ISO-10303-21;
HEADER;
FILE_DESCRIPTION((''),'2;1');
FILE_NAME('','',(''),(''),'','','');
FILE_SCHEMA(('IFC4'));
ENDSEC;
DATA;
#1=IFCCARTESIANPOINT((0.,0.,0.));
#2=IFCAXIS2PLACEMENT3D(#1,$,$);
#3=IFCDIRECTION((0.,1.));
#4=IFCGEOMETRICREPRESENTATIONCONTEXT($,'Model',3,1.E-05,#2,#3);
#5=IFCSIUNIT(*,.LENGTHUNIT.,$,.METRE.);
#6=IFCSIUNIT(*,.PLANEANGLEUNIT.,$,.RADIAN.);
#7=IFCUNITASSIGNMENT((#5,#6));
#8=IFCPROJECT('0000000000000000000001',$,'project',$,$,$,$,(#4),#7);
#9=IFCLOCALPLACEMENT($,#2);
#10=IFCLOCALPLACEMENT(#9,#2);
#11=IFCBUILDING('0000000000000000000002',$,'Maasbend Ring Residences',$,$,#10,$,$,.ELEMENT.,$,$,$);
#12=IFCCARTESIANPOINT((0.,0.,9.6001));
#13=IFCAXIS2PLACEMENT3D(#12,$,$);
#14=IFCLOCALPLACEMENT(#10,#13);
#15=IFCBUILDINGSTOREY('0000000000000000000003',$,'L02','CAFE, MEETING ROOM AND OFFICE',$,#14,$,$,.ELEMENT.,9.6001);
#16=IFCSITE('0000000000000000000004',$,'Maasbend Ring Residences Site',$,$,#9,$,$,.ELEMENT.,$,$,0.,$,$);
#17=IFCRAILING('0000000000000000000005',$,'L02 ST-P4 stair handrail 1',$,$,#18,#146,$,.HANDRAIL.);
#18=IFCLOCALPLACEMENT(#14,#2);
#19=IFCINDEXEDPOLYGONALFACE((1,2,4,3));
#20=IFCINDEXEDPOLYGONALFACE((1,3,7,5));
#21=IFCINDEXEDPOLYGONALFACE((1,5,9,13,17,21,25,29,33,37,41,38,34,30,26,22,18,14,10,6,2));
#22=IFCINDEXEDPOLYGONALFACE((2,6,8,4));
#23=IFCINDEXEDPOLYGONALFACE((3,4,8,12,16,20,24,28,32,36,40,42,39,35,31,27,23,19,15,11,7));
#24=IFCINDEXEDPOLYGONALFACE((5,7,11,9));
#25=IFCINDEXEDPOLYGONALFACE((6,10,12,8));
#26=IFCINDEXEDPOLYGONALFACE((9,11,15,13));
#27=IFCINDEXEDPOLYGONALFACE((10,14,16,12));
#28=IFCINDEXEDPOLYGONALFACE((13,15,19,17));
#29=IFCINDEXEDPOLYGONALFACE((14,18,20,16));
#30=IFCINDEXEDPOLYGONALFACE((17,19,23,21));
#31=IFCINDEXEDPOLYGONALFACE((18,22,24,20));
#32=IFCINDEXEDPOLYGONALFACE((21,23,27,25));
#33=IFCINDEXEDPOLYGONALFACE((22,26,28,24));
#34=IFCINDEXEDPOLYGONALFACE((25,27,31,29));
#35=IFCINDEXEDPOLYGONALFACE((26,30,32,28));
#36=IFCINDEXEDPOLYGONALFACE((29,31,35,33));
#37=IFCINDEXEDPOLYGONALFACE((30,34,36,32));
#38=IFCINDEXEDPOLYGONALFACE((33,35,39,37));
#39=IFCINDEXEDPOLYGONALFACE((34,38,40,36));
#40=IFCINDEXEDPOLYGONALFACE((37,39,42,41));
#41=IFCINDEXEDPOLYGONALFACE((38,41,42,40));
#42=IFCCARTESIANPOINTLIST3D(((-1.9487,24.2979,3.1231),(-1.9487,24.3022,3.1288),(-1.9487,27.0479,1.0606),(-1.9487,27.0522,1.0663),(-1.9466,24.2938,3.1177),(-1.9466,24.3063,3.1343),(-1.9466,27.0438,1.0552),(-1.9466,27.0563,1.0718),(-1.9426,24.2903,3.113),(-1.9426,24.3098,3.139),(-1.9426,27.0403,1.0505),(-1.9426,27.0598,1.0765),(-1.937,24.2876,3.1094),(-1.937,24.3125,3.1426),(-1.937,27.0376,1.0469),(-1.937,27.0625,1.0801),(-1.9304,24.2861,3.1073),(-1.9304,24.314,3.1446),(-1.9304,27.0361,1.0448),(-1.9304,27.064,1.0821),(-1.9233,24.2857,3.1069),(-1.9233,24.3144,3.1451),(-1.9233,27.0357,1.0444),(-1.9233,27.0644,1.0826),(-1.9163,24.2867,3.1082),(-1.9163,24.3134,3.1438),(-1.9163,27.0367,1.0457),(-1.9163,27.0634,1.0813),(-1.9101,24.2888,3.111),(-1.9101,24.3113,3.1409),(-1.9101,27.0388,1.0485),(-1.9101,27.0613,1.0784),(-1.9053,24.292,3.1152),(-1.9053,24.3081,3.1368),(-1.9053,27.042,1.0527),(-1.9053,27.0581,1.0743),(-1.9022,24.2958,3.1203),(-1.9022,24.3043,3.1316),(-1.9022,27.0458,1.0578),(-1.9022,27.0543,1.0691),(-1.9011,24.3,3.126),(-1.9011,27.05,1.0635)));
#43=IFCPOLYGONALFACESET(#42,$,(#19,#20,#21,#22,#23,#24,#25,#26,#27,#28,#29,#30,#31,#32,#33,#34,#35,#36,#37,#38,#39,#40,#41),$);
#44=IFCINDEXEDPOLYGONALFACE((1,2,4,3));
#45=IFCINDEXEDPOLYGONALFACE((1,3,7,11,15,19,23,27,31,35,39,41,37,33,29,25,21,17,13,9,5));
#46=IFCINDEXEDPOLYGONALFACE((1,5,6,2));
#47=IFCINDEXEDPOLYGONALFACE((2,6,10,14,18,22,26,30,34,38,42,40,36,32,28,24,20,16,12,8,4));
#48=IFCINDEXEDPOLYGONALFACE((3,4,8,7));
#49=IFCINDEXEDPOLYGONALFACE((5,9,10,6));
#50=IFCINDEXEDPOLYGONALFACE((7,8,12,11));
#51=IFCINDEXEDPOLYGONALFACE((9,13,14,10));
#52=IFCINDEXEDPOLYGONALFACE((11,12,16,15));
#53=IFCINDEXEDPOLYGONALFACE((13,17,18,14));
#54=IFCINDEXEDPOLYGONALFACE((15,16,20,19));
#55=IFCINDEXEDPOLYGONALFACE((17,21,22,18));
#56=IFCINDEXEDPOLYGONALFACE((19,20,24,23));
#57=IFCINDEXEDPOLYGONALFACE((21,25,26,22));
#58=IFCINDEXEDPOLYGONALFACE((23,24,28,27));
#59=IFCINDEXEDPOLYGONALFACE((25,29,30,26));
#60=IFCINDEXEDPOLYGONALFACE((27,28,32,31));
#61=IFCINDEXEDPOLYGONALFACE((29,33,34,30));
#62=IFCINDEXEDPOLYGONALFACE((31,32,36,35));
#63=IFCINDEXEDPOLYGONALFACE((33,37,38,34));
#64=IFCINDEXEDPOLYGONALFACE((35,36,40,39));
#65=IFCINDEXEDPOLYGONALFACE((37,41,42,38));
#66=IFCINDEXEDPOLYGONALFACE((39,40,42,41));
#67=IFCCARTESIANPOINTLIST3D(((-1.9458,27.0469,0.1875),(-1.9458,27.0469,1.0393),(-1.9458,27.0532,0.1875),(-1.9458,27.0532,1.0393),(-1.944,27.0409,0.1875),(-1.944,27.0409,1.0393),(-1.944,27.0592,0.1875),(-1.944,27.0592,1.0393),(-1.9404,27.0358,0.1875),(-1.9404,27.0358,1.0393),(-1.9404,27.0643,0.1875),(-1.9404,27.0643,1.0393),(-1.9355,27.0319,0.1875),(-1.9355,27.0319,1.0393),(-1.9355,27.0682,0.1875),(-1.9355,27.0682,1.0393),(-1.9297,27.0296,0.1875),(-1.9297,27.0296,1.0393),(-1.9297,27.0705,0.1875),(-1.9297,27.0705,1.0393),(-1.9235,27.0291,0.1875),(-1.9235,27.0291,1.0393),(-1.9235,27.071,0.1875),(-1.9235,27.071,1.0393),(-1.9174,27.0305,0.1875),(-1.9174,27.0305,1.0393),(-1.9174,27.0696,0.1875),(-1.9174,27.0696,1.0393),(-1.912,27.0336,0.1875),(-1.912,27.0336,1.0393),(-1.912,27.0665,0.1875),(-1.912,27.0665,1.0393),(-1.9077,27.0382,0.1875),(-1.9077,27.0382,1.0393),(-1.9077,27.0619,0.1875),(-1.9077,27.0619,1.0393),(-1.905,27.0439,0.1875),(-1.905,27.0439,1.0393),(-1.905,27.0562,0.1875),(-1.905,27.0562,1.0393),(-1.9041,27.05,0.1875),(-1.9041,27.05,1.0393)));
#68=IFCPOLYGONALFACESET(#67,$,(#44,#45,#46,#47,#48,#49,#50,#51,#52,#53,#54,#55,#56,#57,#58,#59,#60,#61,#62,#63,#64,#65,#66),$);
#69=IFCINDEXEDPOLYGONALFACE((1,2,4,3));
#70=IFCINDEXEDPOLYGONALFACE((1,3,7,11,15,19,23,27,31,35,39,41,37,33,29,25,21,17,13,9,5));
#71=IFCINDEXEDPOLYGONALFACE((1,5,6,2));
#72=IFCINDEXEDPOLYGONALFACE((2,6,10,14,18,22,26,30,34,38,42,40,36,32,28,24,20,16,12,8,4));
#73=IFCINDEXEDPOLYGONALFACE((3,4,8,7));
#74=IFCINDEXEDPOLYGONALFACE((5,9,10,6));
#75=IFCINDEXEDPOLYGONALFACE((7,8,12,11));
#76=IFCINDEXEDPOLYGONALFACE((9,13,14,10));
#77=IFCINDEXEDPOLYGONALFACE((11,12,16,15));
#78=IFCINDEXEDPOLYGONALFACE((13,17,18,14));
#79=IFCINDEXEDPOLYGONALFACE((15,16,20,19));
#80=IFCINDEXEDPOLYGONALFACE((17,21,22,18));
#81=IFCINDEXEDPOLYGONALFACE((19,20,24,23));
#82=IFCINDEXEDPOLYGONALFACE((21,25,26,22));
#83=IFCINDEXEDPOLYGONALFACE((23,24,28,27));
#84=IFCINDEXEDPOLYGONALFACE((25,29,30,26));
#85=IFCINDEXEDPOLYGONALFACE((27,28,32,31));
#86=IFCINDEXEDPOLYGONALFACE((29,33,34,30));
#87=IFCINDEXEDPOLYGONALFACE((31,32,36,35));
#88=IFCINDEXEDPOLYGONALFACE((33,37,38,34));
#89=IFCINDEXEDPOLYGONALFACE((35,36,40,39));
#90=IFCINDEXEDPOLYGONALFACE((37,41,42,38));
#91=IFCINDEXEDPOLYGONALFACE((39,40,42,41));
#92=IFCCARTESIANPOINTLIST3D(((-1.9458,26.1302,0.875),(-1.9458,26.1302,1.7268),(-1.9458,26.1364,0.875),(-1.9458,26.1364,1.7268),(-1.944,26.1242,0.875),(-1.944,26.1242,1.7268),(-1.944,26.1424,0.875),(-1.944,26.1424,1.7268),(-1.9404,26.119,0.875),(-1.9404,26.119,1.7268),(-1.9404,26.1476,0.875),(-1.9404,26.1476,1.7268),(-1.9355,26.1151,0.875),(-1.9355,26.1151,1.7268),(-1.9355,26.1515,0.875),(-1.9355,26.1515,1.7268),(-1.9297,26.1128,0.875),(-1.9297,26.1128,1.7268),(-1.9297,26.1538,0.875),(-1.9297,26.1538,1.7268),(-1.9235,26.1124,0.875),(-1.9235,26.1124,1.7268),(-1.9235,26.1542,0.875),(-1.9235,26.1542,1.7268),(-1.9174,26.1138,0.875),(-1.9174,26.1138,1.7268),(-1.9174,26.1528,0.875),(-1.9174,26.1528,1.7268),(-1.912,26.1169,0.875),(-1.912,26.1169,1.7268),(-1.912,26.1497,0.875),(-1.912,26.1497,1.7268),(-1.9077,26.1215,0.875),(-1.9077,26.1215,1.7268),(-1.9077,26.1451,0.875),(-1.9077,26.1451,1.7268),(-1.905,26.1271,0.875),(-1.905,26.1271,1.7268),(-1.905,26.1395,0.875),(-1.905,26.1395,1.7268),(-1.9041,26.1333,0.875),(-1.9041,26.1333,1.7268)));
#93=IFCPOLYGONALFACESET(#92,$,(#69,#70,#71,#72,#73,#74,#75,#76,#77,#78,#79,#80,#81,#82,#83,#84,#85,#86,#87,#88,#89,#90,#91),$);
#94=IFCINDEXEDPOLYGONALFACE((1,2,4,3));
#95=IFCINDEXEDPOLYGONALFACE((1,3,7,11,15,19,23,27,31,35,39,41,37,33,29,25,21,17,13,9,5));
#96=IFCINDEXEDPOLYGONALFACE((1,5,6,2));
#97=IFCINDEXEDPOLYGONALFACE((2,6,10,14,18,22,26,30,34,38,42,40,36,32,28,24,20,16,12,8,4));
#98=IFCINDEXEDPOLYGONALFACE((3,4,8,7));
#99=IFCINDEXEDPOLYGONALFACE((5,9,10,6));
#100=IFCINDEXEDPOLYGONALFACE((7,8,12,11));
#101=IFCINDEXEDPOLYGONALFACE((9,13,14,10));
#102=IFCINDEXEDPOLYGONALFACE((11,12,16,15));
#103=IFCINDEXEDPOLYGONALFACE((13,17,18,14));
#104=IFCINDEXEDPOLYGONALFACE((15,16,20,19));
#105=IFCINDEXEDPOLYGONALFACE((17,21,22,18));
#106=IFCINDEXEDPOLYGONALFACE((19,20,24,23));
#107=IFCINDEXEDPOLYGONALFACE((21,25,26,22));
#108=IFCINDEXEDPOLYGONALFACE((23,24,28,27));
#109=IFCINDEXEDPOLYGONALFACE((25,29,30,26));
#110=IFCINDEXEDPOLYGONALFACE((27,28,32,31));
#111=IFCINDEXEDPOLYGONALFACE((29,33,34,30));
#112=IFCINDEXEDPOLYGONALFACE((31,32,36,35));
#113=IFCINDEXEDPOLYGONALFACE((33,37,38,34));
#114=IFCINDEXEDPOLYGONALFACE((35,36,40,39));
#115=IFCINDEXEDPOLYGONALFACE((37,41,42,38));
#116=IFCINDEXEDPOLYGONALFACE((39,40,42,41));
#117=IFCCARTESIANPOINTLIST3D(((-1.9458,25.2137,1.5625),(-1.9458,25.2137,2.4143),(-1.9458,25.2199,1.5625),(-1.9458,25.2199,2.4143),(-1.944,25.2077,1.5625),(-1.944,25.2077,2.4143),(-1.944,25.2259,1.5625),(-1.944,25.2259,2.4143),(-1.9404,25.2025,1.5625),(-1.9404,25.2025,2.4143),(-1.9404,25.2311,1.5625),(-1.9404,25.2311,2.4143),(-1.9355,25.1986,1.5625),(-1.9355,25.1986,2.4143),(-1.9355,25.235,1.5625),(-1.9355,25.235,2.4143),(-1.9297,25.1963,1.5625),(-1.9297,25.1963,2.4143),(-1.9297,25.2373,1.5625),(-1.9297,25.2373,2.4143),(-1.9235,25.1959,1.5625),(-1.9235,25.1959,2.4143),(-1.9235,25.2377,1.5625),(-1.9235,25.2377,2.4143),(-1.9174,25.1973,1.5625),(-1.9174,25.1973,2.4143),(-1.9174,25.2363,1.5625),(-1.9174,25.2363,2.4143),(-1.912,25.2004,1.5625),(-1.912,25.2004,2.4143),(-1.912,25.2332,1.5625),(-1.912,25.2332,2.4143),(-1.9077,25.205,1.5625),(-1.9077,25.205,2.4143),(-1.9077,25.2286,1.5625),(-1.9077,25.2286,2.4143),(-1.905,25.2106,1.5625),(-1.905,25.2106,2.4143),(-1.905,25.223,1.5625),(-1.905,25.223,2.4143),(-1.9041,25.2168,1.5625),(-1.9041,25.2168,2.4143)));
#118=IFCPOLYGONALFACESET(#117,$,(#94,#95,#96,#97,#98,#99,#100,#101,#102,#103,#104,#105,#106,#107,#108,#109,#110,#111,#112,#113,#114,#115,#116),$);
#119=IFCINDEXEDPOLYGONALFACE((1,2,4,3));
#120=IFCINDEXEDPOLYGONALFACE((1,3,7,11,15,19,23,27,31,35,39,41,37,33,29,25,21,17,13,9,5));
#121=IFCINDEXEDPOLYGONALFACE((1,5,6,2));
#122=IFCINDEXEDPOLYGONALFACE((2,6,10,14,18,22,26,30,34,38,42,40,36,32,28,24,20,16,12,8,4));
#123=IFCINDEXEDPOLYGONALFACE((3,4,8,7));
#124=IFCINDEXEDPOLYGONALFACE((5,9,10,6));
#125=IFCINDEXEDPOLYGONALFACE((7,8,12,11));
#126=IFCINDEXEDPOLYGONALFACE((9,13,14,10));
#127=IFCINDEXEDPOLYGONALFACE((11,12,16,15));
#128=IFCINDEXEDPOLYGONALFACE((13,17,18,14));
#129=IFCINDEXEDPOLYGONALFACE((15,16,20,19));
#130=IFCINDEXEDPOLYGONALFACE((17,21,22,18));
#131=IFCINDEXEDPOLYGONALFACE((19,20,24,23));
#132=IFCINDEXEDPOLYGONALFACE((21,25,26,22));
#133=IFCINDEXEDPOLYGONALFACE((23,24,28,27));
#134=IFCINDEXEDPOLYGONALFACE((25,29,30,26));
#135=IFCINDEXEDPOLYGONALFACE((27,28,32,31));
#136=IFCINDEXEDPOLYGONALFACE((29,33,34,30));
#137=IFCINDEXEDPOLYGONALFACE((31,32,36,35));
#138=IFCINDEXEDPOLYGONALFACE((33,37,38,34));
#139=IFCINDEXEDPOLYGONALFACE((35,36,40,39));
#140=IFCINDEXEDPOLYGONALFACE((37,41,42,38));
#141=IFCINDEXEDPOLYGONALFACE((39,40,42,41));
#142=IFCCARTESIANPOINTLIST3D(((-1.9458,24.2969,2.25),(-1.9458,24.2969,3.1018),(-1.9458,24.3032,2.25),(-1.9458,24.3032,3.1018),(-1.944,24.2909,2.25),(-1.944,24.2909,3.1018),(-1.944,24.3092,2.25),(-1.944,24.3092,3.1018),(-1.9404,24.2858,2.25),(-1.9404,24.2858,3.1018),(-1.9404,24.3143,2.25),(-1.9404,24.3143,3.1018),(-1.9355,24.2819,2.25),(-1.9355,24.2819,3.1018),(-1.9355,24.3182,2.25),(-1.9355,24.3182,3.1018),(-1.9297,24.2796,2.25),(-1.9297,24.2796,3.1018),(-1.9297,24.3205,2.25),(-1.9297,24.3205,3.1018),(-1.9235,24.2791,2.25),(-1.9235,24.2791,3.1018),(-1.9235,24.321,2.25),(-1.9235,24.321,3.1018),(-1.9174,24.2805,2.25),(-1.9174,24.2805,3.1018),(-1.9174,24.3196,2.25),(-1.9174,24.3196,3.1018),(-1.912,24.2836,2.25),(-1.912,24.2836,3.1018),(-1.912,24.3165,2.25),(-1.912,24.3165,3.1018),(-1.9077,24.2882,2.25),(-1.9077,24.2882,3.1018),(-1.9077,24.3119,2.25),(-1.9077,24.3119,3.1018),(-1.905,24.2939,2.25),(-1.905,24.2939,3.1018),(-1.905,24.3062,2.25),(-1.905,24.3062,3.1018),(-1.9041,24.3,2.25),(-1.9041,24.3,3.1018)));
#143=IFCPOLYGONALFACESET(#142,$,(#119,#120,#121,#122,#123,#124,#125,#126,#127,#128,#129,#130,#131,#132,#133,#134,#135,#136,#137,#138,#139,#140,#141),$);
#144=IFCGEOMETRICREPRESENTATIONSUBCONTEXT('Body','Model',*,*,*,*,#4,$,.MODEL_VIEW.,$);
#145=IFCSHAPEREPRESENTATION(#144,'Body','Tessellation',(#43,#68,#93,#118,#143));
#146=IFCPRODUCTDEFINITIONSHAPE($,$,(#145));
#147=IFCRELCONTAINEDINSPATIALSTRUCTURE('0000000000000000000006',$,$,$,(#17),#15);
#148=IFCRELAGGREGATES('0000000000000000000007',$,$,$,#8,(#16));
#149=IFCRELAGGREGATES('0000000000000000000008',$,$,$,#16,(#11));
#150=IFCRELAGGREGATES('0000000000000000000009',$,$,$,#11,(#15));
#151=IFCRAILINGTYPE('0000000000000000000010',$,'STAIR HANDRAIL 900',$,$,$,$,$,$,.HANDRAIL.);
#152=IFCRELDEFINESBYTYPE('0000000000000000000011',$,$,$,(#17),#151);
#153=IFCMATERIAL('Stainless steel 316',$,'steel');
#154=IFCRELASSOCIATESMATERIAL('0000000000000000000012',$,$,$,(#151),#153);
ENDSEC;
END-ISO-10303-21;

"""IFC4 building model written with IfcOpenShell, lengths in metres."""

from ifc_helpers import new_model, si_unit, direction, frame, origin, origin_2d, place, context, subcontext, project, spatial, circle, extrude, material, type_object, element, save


model = new_model("IFC4")

# Units and contexts
model_context = context("Model", 3, precision=1e-05, world=origin(), true_north=direction((0.0, 1.0)))
body_context = subcontext(model_context, "Body", "Model", "MODEL_VIEW")
ifc_project = project(units=[si_unit("LENGTHUNIT", "METRE"), si_unit("PLANEANGLEUNIT", "RADIAN")], contexts=[model_context])

# Site, building, storey
site_placement = place(None, origin())
site = spatial("IfcSite", under=ifc_project, at=site_placement, Name="Maasbend Ring Residences Site", CompositionType="ELEMENT", RefElevation=0.0)
building_placement = place(site_placement, origin())
building = spatial("IfcBuilding", under=site, at=building_placement, Name="Maasbend Ring Residences", CompositionType="ELEMENT")
storey_placement = place(building_placement, frame((0.0, 0.0, 9.6001)))
storey = spatial("IfcBuildingStorey", under=building, at=storey_placement, Name="L02", Description="CAFE, MEETING ROOM AND OFFICE", CompositionType="ELEMENT", Elevation=9.6001)

# Railing
ifc_material_1 = material(Name="Stainless steel 316", Category="steel")
railing_type = type_object("IfcRailingType", Name="STAIR HANDRAIL 900", PredefinedType="HANDRAIL", material=ifc_material_1)
railing_placement = place(storey_placement, frame((-1.925, 27.05, 0.1875)))
element("IfcRailing", 1, at=railing_placement, inside=storey, type_object=railing_type, Name="L02 ST-P4 stair handrail 1", PredefinedType="HANDRAIL", context=body_context, shape_type="SweptSolid", body=[
    extrude(circle(Radius=0.0239, at=origin_2d()), frame((0.0, 0.0, 0.876), z_axis=(0.0, -0.8, 0.6), x_axis=(1.0, 0.0, 0.0)), (0.0, 0.0, 1.0), 3.4375),
    extrude(circle(Radius=0.021, at=origin_2d()), origin(), (0.0, 0.0, 1.0), 0.8518),
    extrude(circle(Radius=0.021, at=origin_2d()), frame((0.0, -0.9167, 0.6875)), (0.0, 0.0, 1.0), 0.8518),
    extrude(circle(Radius=0.021, at=origin_2d()), frame((0.0, -1.8333, 1.375)), (0.0, 0.0, 1.0), 0.8518),
    extrude(circle(Radius=0.021, at=origin_2d()), frame((0.0, -2.75, 2.0625)), (0.0, 0.0, 1.0), 0.8518),
])

save(model, "model.ifc")
